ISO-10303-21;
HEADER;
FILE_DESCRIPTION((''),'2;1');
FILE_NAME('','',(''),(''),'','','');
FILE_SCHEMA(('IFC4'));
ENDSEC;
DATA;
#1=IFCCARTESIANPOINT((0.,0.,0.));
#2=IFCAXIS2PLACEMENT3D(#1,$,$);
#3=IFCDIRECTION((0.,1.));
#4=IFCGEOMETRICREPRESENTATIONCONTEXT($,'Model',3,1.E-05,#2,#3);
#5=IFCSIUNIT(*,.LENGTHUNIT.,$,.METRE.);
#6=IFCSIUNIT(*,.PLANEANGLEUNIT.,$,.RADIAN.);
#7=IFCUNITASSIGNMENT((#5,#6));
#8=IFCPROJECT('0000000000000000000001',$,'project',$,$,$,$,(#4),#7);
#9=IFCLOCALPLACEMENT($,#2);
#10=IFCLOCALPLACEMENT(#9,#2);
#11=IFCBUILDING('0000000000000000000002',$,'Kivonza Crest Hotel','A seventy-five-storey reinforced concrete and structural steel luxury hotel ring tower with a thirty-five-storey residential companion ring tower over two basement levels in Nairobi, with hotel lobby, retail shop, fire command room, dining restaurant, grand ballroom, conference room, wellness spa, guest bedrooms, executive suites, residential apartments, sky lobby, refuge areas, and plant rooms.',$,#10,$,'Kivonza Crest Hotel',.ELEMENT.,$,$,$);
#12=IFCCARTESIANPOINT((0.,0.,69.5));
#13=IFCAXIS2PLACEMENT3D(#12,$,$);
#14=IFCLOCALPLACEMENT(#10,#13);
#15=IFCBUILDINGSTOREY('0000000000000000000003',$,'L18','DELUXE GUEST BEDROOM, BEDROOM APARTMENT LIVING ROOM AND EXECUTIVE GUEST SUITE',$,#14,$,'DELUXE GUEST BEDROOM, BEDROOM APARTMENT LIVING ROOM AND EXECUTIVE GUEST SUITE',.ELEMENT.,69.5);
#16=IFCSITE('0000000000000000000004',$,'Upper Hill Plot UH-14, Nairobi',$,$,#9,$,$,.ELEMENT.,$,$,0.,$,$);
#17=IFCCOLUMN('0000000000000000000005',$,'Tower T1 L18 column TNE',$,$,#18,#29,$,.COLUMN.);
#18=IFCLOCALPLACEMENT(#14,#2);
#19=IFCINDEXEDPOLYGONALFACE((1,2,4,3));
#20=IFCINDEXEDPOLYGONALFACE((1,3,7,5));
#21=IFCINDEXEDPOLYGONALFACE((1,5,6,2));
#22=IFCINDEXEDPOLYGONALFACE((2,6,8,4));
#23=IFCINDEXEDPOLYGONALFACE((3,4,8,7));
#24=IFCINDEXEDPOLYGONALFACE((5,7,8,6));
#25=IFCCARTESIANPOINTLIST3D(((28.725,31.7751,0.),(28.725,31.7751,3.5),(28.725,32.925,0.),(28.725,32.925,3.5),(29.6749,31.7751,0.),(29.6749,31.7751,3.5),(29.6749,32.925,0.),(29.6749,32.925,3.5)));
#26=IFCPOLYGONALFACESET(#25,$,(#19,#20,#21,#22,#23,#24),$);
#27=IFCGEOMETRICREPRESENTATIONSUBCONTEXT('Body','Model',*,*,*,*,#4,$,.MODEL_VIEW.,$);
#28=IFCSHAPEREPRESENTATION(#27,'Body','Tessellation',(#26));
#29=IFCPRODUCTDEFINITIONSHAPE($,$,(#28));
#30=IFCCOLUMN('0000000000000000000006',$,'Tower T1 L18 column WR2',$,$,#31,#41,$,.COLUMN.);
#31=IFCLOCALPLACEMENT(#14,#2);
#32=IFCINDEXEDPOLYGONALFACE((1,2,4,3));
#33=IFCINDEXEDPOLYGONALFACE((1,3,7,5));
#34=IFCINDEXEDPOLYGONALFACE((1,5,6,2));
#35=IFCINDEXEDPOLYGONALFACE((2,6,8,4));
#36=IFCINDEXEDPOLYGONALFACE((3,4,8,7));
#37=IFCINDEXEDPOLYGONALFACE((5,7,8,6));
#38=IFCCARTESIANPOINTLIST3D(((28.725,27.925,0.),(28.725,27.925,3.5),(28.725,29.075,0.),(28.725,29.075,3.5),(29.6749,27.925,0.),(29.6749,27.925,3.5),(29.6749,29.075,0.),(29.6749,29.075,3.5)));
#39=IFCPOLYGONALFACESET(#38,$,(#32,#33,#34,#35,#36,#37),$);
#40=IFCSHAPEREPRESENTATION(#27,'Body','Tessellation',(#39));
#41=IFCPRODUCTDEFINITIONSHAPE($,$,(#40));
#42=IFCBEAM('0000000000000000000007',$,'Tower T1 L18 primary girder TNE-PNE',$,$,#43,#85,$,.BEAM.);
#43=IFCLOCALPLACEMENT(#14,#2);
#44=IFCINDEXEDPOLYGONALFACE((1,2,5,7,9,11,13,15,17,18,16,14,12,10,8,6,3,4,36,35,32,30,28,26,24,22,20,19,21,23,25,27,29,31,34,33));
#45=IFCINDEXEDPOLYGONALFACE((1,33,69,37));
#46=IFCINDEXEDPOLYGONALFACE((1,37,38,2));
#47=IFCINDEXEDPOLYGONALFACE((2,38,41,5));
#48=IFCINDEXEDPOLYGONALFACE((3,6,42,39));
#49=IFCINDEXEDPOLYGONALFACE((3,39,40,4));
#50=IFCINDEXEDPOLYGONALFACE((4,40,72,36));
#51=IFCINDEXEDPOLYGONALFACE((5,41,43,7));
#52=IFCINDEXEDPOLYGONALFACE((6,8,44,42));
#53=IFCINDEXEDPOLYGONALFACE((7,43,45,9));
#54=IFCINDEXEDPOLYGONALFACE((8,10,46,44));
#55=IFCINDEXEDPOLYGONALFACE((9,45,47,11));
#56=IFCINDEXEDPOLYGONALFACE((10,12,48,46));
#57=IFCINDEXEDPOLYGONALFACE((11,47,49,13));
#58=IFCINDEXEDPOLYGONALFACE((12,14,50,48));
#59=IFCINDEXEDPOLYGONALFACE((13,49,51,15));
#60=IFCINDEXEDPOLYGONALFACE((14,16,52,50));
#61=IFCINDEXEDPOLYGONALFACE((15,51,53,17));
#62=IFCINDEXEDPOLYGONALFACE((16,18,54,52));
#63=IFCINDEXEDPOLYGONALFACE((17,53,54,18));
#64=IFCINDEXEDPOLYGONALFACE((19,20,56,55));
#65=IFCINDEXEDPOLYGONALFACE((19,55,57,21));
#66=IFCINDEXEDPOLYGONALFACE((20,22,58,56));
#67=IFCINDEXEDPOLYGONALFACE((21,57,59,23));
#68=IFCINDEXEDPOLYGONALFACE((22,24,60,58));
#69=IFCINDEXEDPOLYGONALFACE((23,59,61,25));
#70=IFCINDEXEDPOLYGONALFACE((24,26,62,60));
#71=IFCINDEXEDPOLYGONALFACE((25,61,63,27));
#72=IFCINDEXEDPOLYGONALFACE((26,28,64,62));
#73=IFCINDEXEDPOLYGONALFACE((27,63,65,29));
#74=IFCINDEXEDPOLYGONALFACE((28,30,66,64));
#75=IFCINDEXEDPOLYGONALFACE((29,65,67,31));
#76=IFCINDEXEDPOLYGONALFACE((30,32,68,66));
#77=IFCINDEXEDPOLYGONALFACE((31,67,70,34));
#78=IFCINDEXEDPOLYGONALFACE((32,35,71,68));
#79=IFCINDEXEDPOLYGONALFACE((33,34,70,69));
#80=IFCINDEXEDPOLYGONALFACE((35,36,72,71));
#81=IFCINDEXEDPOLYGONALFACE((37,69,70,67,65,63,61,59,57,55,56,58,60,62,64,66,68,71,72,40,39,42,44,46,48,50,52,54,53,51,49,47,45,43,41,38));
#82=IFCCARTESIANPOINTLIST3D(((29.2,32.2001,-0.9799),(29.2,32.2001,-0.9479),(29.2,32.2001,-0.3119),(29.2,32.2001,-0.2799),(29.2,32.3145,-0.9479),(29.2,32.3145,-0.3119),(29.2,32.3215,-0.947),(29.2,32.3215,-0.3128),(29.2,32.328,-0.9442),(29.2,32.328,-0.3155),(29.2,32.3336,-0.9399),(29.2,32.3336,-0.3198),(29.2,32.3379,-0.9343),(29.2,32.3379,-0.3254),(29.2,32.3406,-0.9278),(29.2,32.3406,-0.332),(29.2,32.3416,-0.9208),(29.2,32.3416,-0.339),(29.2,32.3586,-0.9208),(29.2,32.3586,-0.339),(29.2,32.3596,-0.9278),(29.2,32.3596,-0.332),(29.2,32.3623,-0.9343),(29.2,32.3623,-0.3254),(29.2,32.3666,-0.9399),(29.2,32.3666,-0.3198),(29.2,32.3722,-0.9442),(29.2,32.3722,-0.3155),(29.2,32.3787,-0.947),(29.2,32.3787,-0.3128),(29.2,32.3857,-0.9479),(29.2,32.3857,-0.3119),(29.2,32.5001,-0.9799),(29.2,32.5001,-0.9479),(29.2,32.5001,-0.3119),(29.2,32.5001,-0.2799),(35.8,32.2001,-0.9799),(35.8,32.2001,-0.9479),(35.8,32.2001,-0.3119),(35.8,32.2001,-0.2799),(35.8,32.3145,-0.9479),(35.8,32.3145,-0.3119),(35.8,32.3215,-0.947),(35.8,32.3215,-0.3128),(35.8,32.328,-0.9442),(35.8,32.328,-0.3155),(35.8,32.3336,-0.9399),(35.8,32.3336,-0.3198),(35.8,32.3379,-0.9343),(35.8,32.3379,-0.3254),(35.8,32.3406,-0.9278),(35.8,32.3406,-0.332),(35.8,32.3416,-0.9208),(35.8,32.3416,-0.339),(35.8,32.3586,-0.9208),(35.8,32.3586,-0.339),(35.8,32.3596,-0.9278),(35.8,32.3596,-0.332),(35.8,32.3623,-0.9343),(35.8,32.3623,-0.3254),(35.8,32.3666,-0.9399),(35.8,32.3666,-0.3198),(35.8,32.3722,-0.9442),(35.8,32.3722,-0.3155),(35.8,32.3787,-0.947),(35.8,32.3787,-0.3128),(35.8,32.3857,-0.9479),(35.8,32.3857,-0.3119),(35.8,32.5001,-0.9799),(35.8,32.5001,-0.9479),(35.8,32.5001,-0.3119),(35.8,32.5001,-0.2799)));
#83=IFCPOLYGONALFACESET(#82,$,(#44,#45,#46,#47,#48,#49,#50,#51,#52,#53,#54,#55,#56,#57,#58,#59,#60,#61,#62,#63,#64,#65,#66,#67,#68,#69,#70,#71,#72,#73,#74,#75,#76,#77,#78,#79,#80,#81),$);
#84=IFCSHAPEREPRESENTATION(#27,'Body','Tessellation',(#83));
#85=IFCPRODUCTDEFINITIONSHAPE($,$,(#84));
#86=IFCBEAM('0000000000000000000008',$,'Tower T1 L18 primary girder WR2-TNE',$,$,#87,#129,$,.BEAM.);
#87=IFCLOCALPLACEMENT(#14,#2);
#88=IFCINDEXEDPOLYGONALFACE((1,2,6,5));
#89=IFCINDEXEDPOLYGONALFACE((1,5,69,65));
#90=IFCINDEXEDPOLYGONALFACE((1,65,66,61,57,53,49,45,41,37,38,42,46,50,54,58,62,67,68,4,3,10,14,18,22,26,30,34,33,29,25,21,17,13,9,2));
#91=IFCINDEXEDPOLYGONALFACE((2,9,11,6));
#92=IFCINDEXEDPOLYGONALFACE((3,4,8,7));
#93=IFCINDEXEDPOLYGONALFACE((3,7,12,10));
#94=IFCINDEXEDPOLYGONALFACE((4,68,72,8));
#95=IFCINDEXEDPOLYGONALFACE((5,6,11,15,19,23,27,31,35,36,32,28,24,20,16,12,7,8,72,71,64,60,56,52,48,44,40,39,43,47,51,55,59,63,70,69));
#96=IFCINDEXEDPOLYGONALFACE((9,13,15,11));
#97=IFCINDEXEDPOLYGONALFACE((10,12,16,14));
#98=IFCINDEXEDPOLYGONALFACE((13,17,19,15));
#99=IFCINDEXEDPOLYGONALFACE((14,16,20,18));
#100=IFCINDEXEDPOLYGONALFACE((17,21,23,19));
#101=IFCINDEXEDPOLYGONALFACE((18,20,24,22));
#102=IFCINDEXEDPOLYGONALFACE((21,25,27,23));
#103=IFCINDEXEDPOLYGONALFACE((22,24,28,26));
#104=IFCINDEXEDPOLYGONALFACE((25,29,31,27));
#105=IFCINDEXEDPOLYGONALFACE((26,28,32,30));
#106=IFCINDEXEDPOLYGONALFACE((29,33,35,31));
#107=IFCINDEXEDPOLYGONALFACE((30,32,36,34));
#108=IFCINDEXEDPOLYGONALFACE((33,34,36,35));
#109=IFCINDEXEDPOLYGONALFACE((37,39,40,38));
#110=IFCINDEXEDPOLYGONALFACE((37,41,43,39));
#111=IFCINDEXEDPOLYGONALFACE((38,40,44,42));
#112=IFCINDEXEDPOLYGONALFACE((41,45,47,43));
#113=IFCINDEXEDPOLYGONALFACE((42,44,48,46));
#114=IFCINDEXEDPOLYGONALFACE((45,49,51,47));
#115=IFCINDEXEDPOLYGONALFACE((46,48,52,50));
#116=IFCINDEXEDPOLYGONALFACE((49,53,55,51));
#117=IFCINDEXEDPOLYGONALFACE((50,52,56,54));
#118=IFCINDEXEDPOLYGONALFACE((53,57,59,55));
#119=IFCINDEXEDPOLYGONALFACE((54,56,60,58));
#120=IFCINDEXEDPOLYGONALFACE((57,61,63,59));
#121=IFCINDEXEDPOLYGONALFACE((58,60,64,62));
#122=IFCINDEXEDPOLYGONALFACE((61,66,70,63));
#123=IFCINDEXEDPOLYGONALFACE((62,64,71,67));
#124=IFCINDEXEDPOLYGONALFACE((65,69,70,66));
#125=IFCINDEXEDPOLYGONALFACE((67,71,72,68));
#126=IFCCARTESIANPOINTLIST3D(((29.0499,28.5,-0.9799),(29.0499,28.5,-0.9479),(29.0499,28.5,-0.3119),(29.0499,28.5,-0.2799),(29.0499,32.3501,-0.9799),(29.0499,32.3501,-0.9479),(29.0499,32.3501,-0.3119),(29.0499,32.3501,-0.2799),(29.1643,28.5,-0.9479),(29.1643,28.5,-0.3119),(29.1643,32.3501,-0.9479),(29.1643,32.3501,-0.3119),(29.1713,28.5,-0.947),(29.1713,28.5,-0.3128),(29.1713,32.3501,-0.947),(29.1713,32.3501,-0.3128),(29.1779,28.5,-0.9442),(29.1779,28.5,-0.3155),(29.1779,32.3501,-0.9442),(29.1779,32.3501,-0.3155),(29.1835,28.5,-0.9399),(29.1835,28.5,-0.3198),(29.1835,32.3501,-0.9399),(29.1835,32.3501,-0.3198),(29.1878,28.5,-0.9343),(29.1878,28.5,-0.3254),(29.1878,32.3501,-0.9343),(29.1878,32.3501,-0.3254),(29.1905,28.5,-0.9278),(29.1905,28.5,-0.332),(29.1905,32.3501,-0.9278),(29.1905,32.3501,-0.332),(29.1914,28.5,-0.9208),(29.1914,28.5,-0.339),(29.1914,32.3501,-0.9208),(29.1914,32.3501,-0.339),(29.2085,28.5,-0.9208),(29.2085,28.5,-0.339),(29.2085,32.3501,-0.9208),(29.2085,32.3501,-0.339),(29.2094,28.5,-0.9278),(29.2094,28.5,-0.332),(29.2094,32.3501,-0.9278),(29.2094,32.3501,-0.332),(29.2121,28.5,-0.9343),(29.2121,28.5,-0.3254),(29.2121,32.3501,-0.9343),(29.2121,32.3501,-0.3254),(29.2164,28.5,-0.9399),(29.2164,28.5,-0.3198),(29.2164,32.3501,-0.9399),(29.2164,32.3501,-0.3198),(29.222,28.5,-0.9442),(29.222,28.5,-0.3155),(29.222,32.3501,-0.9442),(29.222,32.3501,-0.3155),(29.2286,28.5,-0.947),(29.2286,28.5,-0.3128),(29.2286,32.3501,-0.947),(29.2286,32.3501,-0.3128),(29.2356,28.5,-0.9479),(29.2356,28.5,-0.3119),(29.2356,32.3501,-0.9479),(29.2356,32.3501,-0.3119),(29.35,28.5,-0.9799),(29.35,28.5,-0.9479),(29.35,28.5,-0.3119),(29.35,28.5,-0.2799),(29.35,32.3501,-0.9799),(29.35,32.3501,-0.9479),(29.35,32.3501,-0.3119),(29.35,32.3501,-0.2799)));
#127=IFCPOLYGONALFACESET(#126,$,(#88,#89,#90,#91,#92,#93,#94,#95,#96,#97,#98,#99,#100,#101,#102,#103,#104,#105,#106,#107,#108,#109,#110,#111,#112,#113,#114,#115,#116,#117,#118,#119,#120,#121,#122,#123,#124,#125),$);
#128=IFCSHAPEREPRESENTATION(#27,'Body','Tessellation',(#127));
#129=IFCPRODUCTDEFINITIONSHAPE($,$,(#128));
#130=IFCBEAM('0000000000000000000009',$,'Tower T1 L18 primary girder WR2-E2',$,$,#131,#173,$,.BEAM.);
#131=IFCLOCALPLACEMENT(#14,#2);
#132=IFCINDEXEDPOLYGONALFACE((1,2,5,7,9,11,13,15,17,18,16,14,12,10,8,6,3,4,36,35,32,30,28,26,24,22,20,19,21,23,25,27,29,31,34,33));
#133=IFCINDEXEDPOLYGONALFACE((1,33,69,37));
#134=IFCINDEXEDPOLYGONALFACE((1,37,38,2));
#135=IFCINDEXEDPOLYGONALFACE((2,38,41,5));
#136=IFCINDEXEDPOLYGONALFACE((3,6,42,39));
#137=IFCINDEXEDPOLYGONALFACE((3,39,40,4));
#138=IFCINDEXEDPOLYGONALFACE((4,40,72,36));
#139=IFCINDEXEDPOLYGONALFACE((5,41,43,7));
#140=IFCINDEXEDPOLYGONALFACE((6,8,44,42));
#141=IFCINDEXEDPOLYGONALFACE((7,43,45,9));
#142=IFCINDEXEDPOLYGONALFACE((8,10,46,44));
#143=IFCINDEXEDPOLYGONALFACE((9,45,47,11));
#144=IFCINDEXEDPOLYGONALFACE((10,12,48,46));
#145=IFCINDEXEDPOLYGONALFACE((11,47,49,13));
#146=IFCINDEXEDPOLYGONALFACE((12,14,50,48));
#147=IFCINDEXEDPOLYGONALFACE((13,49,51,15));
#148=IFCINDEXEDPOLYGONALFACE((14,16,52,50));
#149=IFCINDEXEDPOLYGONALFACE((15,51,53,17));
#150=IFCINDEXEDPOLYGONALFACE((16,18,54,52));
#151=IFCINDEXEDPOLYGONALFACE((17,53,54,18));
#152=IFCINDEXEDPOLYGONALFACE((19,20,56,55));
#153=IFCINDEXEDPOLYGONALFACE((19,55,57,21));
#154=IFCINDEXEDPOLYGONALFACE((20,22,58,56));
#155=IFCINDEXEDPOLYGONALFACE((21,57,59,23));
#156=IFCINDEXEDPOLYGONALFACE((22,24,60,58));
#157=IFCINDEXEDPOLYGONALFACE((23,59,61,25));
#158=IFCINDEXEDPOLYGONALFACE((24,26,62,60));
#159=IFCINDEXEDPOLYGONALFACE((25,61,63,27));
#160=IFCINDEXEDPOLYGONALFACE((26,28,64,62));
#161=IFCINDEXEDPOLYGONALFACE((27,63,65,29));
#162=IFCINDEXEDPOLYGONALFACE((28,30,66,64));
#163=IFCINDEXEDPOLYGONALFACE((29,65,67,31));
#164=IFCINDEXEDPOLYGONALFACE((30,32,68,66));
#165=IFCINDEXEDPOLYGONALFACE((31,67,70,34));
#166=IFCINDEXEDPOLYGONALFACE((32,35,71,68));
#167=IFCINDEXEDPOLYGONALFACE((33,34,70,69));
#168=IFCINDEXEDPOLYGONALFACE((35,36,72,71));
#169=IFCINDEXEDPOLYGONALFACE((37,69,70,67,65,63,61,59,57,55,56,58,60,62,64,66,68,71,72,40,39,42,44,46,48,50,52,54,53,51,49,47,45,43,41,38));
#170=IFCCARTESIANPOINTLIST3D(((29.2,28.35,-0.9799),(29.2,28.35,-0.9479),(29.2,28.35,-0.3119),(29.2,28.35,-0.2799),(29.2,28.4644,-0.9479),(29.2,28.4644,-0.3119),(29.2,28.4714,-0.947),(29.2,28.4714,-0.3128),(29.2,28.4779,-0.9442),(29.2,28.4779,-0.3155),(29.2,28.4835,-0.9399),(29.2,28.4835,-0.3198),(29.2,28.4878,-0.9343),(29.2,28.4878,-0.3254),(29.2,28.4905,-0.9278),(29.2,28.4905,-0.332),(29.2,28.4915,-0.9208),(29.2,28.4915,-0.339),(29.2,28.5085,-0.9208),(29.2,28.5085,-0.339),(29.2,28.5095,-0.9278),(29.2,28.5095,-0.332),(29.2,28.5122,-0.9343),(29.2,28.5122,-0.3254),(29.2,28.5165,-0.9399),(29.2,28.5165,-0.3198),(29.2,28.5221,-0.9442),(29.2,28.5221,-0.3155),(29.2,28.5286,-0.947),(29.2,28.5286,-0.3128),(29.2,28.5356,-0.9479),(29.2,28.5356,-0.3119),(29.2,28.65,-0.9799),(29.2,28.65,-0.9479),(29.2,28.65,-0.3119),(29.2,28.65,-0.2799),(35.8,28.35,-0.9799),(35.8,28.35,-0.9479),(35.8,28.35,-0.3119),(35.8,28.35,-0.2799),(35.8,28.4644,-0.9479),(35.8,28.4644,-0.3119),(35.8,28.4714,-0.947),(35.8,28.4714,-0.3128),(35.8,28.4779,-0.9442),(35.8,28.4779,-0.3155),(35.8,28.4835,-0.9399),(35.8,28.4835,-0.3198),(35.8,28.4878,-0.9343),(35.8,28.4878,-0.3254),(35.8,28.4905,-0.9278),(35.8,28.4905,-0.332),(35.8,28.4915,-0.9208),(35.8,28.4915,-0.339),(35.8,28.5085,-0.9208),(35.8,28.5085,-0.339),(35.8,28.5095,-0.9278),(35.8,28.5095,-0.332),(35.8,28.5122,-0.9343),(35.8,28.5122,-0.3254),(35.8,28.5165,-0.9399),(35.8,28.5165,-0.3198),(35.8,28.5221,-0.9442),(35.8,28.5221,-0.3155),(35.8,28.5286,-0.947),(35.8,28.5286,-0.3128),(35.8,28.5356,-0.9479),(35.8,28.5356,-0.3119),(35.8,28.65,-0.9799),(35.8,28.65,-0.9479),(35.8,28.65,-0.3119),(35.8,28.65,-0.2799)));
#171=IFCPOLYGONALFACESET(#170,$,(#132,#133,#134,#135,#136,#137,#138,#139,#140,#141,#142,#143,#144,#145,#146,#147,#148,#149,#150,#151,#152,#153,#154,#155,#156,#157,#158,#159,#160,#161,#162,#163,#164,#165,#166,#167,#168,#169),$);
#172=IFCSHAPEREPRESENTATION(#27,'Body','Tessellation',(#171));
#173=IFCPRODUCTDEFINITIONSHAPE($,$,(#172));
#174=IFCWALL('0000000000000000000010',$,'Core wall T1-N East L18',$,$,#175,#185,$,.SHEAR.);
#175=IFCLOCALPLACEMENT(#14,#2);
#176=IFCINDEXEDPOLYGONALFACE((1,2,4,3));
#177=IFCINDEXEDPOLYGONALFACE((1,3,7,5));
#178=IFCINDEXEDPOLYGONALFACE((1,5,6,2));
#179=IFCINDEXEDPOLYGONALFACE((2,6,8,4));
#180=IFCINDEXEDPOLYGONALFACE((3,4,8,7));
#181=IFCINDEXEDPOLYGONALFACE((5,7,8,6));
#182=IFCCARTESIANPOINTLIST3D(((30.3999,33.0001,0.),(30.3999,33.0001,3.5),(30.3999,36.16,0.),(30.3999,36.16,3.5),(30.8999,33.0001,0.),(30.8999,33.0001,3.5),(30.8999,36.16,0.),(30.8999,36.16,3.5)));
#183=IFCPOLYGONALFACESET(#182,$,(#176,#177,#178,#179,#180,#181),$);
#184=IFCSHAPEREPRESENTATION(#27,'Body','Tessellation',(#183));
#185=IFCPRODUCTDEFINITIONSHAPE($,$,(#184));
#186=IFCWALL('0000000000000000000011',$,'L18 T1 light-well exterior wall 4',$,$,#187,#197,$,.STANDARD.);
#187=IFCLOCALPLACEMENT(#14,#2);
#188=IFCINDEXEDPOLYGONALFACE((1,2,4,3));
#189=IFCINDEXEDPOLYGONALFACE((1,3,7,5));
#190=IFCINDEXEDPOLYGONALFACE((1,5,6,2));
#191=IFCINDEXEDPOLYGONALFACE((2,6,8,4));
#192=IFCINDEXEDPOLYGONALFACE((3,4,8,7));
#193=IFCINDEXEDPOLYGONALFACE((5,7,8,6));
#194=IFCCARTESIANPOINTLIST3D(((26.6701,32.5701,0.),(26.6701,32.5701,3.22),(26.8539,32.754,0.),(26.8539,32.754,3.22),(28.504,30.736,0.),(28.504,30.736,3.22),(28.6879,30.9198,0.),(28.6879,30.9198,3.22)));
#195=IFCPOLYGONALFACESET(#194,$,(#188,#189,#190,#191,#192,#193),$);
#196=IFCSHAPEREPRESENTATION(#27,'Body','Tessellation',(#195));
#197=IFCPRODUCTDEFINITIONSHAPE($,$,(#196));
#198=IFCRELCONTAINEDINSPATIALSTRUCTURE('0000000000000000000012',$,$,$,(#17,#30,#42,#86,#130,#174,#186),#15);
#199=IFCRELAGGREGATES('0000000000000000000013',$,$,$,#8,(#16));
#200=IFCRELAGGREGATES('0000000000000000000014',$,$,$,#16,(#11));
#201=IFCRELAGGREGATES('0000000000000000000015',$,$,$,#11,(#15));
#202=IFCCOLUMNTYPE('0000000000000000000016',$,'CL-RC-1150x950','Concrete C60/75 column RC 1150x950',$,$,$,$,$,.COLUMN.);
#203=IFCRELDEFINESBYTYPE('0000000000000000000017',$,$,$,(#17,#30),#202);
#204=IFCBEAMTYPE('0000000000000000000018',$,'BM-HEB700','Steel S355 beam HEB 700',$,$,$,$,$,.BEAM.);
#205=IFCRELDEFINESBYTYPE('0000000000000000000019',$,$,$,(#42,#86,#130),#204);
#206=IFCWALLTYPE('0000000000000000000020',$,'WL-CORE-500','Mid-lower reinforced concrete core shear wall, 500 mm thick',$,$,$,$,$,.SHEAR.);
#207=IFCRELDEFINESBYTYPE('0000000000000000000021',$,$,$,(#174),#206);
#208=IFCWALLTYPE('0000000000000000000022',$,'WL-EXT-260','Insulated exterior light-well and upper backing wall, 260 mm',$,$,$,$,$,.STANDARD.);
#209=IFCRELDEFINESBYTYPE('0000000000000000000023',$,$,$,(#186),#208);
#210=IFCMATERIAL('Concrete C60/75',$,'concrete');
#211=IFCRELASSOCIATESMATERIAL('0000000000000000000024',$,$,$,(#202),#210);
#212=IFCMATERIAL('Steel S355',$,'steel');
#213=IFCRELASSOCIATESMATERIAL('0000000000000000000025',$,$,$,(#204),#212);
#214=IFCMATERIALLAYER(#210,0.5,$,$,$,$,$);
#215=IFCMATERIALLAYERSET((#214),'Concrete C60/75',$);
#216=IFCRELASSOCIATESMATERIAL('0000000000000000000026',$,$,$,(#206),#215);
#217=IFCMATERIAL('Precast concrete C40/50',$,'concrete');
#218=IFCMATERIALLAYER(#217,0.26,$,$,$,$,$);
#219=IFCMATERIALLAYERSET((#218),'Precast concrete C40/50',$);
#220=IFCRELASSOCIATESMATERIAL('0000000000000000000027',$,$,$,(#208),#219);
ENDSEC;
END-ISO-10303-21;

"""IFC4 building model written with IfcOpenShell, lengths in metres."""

from ifc_helpers import new_model, si_unit, direction, frame, frame_2d, origin, origin_2d, place, context, subcontext, project, spatial, rectangle, i_section, extrude, material, layer, layer_set, material_profile, profile_set, type_object, element, save


model = new_model("IFC4")

# Units and contexts
model_context = context("Model", 3, precision=1e-05, world=origin(), true_north=direction((0.0, 1.0)))
body_context = subcontext(model_context, "Body", "Model", "MODEL_VIEW")
ifc_project = project(units=[si_unit("LENGTHUNIT", "METRE"), si_unit("PLANEANGLEUNIT", "RADIAN")], contexts=[model_context])

# Site, building, storey
site_placement = place(None, origin())
site = spatial("IfcSite", under=ifc_project, at=site_placement, Name="Upper Hill Plot UH-14, Nairobi", CompositionType="ELEMENT", RefElevation=0.0)
building_placement = place(site_placement, origin())
building = spatial("IfcBuilding", under=site, at=building_placement, Name="Kivonza Crest Hotel", Description="A seventy-five-storey reinforced concrete and structural steel luxury hotel ring tower with a thirty-five-storey residential companion ring tower over two basement levels in Nairobi, with hotel lobby, retail shop, fire command room, dining restaurant, grand ballroom, conference room, wellness spa, guest bedrooms, executive suites, residential apartments, sky lobby, refuge areas, and plant rooms.", LongName="Kivonza Crest Hotel", CompositionType="ELEMENT")
storey_placement = place(building_placement, frame((0.0, 0.0, 69.5)))
storey = spatial("IfcBuildingStorey", under=building, at=storey_placement, Name="L18", Description="DELUXE GUEST BEDROOM, BEDROOM APARTMENT LIVING ROOM AND EXECUTIVE GUEST SUITE", LongName="DELUXE GUEST BEDROOM, BEDROOM APARTMENT LIVING ROOM AND EXECUTIVE GUEST SUITE", CompositionType="ELEMENT", Elevation=69.5)

# Columns
ifc_material_1 = material(Name="Concrete C60/75", Category="concrete")
ifc_material_profile_1 = material_profile(ifc_material_1, rectangle(XDim=0.95, YDim=1.1499, at=origin_2d()), Name="RC 1150x950")
ifc_profile_set_1 = profile_set([ifc_material_profile_1], Name="Concrete C60/75")
column_type = type_object("IfcColumnType", Name="CL-RC-1150x950", Description="Concrete C60/75 column RC 1150x950", PredefinedType="COLUMN", material=ifc_profile_set_1)
for number, where, z_axis, x_axis, name in (
    (1, (29.2, 32.3501, 0.0), (0.0, 0.0, 1.0), (1.0, 0.0, 0.0), "Tower T1 L18 column TNE"),
    (2, (29.2, 28.5, 0.0), (0.0, 0.0, 1.0), (1.0, 0.0, 0.0), "Tower T1 L18 column WR2"),
):
    element("IfcColumn", number, at=place(storey_placement, frame(where, z_axis=z_axis, x_axis=x_axis)), inside=storey, type_object=column_type, Name=name, PredefinedType="COLUMN", context=body_context, shape_type="SweptSolid", body=[
        extrude(rectangle(XDim=0.95, YDim=1.1499, at=origin_2d()), origin(), (0.0, 0.0, 1.0), 3.5),
    ])

# Beams
ifc_material_2 = material(Name="Steel S355", Category="steel")
ifc_material_profile_2 = material_profile(ifc_material_2, i_section(OverallWidth=0.3, OverallDepth=0.7, WebThickness=0.0171, FlangeThickness=0.032, FilletRadius=0.0271, at=origin_2d()), Name="HEB 700")
ifc_profile_set_2 = profile_set([ifc_material_profile_2], Name="Steel S355")
beam_type = type_object("IfcBeamType", Name="BM-HEB700", Description="Steel S355 beam HEB 700", PredefinedType="BEAM", material=ifc_profile_set_2)
beam_1_placement = place(storey_placement, frame((29.2, 32.3501, -0.6299), z_axis=(1.0, 0.0, 0.0), x_axis=(0.0, 1.0, 0.0)))
element("IfcBeam", 3, at=beam_1_placement, inside=storey, type_object=beam_type, Name="Tower T1 L18 primary girder TNE-PNE", PredefinedType="BEAM", context=body_context, shape_type="SweptSolid", body=[
    extrude(i_section(OverallWidth=0.3, OverallDepth=0.7, WebThickness=0.0171, FlangeThickness=0.032, FilletRadius=0.0271, at=origin_2d()), origin(), (0.0, 0.0, 1.0), 6.6001),
])
beam_2_placement = place(storey_placement, frame((29.2, 28.5, -0.6299), z_axis=(0.0, 1.0, 0.0), x_axis=(-1.0, 0.0, 0.0)))
element("IfcBeam", 4, at=beam_2_placement, inside=storey, type_object=beam_type, Name="Tower T1 L18 primary girder WR2-TNE", PredefinedType="BEAM", context=body_context, shape_type="SweptSolid", body=[
    extrude(i_section(OverallWidth=0.3, OverallDepth=0.7, WebThickness=0.0171, FlangeThickness=0.032, FilletRadius=0.0271, at=origin_2d()), origin(), (0.0, 0.0, 1.0), 3.8501),
])
beam_3_placement = place(storey_placement, frame((29.2, 28.5, -0.6299), z_axis=(1.0, 0.0, 0.0), x_axis=(0.0, 1.0, 0.0)))
element("IfcBeam", 5, at=beam_3_placement, inside=storey, type_object=beam_type, Name="Tower T1 L18 primary girder WR2-E2", PredefinedType="BEAM", context=body_context, shape_type="SweptSolid", body=[
    extrude(i_section(OverallWidth=0.3, OverallDepth=0.7, WebThickness=0.0171, FlangeThickness=0.032, FilletRadius=0.0271, at=origin_2d()), origin(), (0.0, 0.0, 1.0), 6.6001),
])

# Walls
ifc_layer_1 = layer(ifc_material_1, 0.5)
ifc_layer_set_1 = layer_set([ifc_layer_1], Name="Concrete C60/75")
wall_type_1 = type_object("IfcWallType", Name="WL-CORE-500", Description="Mid-lower reinforced concrete core shear wall, 500 mm thick", PredefinedType="SHEAR", material=ifc_layer_set_1)
wall_1_placement = place(storey_placement, frame((30.6499, 33.0, 0.0), z_axis=(0.0, 0.0, 1.0), x_axis=(0.0, 1.0, 0.0)))
element("IfcWall", 6, at=wall_1_placement, inside=storey, type_object=wall_type_1, Name="Core wall T1-N East L18", PredefinedType="SHEAR", context=body_context, shape_type="SweptSolid", body=[
    extrude(rectangle(XDim=3.1599, YDim=0.5, at=frame_2d((1.5801, 0.0))), origin(), (0.0, 0.0, 1.0), 3.5),
])
ifc_material_3 = material(Name="Precast concrete C40/50", Category="concrete")
ifc_layer_2 = layer(ifc_material_3, 0.26)
ifc_layer_set_2 = layer_set([ifc_layer_2], Name="Precast concrete C40/50")
wall_type_2 = type_object("IfcWallType", Name="WL-EXT-260", Description="Insulated exterior light-well and upper backing wall, 260 mm", PredefinedType="STANDARD", material=ifc_layer_set_2)
wall_2_placement = place(storey_placement, frame((28.5959, 30.8279, 0.0), z_axis=(0.0, 0.0, 1.0), x_axis=(-0.70706, 0.707154, 0.0)))
element("IfcWall", 7, at=wall_2_placement, inside=storey, type_object=wall_type_2, Name="L18 T1 light-well exterior wall 4", PredefinedType="STANDARD", context=body_context, shape_type="SweptSolid", body=[
    extrude(rectangle(XDim=2.5938, YDim=0.26, at=frame_2d((1.2969, 0.0))), origin(), (0.0, 0.0, 1.0), 3.22),
])

save(model, "model.ifc")
